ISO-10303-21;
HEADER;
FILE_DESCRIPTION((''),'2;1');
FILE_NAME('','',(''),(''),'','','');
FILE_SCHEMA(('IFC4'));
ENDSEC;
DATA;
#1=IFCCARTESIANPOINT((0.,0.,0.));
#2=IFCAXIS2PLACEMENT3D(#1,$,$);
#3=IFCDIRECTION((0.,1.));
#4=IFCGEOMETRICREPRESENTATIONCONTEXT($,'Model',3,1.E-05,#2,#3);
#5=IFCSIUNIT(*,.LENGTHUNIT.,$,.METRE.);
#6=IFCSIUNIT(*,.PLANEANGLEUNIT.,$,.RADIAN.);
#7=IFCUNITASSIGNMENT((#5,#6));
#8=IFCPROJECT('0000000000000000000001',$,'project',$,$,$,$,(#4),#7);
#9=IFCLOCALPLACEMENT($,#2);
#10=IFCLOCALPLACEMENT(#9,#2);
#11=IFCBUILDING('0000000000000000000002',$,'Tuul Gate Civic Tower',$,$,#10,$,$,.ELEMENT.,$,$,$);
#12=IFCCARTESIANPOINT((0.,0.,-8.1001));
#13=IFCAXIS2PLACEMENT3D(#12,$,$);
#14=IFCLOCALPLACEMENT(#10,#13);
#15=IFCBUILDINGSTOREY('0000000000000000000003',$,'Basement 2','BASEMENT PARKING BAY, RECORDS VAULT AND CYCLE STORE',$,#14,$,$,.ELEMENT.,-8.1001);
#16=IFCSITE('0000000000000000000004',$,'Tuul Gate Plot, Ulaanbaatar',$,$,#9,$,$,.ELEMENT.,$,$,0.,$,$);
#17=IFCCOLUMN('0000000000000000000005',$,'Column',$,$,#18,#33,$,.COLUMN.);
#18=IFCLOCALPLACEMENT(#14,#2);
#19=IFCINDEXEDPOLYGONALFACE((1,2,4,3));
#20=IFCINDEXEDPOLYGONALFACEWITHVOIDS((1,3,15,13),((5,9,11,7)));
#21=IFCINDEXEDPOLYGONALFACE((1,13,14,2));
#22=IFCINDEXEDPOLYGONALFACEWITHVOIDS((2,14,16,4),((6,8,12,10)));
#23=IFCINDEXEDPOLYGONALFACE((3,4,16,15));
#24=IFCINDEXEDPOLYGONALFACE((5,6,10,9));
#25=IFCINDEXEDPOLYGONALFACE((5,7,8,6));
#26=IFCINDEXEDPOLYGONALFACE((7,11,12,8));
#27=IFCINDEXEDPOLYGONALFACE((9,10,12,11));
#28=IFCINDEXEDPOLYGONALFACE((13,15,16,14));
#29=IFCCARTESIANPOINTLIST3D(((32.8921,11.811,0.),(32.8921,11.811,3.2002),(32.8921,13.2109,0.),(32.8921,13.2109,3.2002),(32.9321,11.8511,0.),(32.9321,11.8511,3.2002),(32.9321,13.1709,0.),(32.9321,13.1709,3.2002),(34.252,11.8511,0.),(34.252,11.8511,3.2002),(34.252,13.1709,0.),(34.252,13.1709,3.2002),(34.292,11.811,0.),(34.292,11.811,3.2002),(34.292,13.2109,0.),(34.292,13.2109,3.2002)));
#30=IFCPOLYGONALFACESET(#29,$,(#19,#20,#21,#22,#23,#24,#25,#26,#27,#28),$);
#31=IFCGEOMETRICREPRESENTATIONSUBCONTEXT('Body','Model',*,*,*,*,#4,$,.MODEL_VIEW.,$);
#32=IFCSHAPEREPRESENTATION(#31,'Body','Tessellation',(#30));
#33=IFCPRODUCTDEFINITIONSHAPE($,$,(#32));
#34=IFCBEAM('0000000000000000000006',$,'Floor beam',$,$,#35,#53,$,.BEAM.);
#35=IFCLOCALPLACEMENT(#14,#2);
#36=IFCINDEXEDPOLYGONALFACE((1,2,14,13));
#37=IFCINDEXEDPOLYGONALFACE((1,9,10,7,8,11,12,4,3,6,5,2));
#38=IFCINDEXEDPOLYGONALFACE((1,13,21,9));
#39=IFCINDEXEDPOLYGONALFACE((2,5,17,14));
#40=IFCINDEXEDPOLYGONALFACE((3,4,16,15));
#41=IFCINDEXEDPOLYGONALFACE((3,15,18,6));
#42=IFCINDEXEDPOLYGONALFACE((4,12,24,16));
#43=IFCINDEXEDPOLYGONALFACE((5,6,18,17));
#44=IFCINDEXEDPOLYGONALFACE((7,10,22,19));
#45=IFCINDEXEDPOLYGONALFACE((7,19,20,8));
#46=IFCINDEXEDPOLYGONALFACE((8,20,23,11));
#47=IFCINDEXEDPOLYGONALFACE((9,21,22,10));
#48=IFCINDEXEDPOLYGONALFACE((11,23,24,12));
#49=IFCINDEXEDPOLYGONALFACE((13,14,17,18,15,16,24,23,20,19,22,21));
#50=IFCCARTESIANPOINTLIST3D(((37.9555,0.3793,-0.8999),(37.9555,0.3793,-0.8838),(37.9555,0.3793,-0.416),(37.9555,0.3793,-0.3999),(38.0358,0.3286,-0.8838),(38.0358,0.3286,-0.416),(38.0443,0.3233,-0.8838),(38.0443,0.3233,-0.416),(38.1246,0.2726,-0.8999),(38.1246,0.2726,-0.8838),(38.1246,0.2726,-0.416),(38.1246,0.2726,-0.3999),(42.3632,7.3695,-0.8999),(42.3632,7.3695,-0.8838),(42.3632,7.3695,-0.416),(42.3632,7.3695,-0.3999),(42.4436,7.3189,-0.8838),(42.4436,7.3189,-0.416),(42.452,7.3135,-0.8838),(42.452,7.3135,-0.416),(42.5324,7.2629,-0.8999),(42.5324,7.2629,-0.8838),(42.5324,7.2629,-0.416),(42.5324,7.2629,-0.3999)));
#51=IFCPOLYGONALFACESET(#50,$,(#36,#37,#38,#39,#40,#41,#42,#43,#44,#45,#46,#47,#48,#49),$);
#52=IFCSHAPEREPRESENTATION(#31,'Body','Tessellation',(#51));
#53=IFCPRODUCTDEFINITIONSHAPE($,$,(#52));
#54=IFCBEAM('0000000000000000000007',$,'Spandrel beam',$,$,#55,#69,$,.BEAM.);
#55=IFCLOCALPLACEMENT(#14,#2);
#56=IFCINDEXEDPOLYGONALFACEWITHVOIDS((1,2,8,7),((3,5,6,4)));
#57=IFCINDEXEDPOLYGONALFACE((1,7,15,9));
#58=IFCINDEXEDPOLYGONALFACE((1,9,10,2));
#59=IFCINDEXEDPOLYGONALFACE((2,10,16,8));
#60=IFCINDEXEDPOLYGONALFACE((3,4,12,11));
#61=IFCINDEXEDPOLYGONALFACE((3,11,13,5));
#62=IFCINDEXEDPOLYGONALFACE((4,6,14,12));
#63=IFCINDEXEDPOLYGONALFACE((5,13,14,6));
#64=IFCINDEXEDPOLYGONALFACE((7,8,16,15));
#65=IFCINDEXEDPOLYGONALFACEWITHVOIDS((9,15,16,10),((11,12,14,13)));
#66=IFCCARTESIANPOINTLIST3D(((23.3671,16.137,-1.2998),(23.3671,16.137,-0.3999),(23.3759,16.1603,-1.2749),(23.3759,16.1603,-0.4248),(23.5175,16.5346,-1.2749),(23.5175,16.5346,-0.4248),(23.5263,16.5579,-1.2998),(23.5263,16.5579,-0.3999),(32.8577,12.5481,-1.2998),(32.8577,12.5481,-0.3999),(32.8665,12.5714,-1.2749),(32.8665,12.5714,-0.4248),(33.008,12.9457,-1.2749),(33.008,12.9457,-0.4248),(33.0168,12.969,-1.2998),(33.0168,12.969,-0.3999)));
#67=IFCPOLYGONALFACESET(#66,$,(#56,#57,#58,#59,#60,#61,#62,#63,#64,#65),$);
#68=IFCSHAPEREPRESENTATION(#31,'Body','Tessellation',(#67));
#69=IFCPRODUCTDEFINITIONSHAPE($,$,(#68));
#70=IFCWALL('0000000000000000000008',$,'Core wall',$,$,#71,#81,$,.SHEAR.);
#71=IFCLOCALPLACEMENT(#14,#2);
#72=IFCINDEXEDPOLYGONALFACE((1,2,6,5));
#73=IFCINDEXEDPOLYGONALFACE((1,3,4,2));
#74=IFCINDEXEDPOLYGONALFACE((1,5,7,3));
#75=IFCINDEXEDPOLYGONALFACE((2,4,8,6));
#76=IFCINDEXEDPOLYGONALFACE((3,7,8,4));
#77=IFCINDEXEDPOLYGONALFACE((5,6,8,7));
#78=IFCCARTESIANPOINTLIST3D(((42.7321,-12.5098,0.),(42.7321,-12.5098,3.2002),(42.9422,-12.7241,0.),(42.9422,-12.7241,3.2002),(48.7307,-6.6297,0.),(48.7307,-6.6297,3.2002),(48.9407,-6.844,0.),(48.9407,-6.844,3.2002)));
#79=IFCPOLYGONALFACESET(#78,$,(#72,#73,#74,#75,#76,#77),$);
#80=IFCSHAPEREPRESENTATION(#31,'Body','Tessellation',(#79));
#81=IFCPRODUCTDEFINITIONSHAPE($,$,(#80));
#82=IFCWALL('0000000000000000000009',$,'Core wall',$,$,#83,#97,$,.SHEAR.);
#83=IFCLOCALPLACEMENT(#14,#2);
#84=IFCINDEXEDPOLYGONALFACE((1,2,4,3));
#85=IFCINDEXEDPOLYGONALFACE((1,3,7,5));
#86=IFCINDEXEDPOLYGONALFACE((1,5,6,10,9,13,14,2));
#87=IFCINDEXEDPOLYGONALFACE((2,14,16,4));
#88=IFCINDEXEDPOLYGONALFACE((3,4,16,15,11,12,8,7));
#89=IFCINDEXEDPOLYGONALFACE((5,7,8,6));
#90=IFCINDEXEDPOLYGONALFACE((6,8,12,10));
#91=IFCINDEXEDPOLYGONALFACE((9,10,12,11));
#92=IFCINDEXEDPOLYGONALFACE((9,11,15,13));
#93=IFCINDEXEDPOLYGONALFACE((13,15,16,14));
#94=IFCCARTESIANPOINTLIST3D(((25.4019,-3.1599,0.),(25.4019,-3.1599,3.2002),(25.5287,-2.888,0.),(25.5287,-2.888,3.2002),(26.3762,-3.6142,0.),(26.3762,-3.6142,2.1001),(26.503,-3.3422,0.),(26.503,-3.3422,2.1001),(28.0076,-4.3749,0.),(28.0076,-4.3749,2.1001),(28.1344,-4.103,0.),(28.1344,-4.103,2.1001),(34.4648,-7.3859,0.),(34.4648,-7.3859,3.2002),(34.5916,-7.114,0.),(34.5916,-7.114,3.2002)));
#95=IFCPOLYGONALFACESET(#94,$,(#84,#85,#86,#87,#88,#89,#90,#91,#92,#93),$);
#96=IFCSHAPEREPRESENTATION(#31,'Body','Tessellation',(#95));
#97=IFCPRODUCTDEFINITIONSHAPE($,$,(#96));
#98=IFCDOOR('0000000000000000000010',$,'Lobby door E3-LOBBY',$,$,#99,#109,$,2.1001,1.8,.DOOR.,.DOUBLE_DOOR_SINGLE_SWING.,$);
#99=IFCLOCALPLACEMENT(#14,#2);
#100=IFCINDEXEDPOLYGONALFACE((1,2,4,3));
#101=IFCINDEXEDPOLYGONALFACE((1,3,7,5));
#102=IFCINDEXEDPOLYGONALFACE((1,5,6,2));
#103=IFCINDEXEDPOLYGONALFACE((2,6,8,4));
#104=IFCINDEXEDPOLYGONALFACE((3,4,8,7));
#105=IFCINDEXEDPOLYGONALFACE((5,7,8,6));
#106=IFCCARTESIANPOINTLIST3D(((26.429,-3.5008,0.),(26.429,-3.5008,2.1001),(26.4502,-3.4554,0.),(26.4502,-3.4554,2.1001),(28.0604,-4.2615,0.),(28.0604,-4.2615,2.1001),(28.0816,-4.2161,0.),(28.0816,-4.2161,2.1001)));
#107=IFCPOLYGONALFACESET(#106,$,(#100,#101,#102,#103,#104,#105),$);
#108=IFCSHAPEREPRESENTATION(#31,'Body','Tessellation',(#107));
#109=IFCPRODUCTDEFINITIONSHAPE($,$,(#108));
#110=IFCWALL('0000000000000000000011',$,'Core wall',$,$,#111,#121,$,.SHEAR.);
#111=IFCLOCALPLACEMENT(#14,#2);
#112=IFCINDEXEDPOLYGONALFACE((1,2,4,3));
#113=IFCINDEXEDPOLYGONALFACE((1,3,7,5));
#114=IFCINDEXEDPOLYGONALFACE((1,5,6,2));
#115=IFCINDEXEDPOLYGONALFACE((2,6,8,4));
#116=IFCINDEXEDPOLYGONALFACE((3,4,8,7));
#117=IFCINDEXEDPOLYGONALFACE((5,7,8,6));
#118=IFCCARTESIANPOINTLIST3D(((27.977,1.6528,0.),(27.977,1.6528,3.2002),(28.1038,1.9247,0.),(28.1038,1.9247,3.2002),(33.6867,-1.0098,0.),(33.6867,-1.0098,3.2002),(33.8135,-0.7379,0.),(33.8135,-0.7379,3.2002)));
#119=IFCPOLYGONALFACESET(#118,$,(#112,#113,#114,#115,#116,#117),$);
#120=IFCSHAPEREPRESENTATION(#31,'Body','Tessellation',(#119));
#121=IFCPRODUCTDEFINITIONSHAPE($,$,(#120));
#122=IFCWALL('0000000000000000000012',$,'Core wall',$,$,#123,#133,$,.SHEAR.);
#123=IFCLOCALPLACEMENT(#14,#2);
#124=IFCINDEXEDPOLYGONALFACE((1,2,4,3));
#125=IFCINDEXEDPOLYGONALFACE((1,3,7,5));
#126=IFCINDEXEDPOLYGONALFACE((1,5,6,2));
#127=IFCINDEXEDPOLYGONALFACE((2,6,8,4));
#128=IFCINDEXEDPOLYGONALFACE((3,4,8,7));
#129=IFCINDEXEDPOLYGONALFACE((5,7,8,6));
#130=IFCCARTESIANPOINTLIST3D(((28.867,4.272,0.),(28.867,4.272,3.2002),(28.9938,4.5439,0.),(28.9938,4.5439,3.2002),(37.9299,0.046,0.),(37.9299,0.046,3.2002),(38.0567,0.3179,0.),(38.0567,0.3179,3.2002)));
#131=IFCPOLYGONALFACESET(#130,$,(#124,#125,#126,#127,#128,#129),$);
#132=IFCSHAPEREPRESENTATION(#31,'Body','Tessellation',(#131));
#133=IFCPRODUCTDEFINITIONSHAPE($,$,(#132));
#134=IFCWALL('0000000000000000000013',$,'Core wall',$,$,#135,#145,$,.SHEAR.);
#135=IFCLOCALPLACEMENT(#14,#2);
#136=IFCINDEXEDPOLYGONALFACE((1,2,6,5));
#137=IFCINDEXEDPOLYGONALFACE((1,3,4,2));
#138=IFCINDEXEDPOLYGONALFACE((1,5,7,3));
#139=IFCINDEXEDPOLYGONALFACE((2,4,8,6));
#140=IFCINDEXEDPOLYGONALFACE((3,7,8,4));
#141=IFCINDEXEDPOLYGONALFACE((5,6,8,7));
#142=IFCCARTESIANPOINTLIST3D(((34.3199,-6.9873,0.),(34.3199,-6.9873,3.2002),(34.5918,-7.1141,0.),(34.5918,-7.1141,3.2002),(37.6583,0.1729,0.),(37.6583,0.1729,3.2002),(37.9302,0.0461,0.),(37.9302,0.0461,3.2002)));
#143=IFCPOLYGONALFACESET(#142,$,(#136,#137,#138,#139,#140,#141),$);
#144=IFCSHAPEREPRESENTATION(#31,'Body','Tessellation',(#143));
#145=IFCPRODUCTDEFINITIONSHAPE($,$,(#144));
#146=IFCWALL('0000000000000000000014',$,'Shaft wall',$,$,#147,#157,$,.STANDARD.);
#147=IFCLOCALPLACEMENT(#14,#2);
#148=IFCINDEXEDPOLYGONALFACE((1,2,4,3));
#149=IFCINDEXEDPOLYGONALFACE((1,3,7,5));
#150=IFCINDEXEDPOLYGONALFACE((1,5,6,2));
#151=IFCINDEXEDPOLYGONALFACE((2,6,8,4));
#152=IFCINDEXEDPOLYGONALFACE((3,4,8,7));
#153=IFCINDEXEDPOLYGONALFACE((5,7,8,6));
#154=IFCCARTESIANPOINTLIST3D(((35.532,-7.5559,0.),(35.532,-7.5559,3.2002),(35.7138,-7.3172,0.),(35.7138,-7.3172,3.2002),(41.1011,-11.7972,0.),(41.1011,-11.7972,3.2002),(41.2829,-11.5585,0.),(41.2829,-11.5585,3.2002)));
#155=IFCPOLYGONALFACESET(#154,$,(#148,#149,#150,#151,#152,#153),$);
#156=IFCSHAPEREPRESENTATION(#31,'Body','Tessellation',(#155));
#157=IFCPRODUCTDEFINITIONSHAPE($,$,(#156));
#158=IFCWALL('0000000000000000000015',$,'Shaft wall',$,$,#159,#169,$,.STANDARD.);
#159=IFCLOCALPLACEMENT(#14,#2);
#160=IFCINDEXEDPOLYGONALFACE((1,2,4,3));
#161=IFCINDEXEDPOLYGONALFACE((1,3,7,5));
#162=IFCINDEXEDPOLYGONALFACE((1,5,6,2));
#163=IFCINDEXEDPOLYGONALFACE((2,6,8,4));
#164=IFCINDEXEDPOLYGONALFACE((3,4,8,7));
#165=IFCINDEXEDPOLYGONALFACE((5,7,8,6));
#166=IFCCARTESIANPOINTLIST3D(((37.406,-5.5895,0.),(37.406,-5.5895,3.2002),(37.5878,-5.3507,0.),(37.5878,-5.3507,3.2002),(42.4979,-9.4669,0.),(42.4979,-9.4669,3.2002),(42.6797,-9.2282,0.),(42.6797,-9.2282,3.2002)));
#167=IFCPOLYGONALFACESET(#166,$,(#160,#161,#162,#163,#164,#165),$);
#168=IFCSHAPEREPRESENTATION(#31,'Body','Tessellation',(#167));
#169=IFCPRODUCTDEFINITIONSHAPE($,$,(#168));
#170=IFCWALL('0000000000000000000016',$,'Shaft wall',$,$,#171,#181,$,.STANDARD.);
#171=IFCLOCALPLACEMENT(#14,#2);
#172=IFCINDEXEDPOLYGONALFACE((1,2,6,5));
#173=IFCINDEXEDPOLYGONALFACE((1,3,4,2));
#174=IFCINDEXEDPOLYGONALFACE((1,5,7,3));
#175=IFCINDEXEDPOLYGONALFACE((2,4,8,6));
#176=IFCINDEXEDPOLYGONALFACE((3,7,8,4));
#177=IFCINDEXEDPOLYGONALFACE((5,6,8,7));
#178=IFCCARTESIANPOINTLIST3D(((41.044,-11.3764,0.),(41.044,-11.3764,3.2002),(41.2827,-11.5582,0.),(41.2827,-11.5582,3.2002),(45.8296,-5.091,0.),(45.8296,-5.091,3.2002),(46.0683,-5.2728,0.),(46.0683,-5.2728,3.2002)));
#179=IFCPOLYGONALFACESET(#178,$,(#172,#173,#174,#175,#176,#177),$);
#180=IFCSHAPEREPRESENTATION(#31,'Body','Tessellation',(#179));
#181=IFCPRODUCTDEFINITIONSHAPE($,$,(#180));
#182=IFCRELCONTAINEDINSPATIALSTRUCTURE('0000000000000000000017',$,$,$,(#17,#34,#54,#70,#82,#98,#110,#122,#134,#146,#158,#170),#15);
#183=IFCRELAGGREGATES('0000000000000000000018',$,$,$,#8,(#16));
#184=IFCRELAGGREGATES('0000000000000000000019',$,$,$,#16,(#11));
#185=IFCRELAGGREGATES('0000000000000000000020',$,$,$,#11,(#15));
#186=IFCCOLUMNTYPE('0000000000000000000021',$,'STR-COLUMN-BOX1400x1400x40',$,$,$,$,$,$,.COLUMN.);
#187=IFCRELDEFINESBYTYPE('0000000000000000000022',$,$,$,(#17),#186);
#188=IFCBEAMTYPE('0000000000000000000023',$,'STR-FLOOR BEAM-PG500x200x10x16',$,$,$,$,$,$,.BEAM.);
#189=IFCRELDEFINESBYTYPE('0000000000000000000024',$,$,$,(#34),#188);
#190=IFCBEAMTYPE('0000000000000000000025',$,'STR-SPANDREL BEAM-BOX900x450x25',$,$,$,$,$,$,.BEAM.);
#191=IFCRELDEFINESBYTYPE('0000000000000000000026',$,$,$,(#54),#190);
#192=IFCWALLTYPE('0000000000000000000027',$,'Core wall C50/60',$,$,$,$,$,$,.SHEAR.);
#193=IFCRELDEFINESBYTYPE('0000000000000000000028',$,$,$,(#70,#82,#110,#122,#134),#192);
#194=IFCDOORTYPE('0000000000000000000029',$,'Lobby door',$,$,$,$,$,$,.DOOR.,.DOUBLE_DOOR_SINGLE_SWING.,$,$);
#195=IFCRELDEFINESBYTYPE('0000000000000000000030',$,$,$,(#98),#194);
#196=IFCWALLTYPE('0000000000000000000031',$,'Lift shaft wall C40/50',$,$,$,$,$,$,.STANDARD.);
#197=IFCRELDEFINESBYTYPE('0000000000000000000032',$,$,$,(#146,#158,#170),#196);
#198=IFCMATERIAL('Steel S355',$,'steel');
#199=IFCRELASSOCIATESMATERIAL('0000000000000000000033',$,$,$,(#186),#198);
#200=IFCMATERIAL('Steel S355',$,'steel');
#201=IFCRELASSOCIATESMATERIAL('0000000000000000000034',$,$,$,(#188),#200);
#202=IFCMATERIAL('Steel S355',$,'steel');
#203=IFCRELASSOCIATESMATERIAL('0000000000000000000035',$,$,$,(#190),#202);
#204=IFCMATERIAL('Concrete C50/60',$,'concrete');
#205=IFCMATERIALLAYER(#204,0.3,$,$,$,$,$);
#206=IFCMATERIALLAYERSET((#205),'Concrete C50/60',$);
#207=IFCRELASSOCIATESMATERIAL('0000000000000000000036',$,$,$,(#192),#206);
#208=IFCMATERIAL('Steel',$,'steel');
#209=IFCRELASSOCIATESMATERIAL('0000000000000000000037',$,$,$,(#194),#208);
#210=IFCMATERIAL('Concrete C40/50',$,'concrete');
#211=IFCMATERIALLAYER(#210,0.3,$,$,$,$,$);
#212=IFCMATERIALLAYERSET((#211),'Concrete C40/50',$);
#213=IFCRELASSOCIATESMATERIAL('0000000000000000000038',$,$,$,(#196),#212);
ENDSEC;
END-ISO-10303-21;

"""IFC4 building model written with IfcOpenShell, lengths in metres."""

from ifc_helpers import new_model, si_unit, direction, frame, frame_2d, origin, origin_2d, place, context, subcontext, project, spatial, rectangle, hollow_rectangle, i_section, extrude, material, layer, layer_set, material_profile, profile_set, type_object, element, fill, save


model = new_model("IFC4")

# Units and contexts
model_context = context("Model", 3, precision=1e-05, world=origin(), true_north=direction((0.0, 1.0)))
body_context = subcontext(model_context, "Body", "Model", "MODEL_VIEW")
ifc_project = project(units=[si_unit("LENGTHUNIT", "METRE"), si_unit("PLANEANGLEUNIT", "RADIAN")], contexts=[model_context])

# Site, building, storey
site_placement = place(None, origin())
site = spatial("IfcSite", under=ifc_project, at=site_placement, Name="Tuul Gate Plot, Ulaanbaatar", CompositionType="ELEMENT", RefElevation=0.0)
building_placement = place(site_placement, origin())
building = spatial("IfcBuilding", under=site, at=building_placement, Name="Tuul Gate Civic Tower", CompositionType="ELEMENT")
storey_placement = place(building_placement, frame((0.0, 0.0, -8.1001)))
storey = spatial("IfcBuildingStorey", under=building, at=storey_placement, Name="Basement 2", Description="BASEMENT PARKING BAY, RECORDS VAULT AND CYCLE STORE", CompositionType="ELEMENT", Elevation=-8.1001)

# Column
ifc_material_1 = material(Name="Steel S355", Category="steel")
ifc_material_profile_1 = material_profile(ifc_material_1, hollow_rectangle(XDim=1.3999, YDim=1.3999, WallThickness=0.04, at=origin_2d()), Name="BOX1400x1400x40")
ifc_profile_set_1 = profile_set([ifc_material_profile_1], Name="Steel S355")
column_type = type_object("IfcColumnType", Name="STR-COLUMN-BOX1400x1400x40", PredefinedType="COLUMN", material=ifc_profile_set_1)
column_placement = place(storey_placement, frame((33.592, 12.511, 0.0), z_axis=(0.0, 0.0, 1.0), x_axis=(1.0, 0.0, 0.0)))
element("IfcColumn", 1, at=column_placement, inside=storey, type_object=column_type, Name="Column", PredefinedType="COLUMN", context=body_context, shape_type="SweptSolid", body=[
    extrude(hollow_rectangle(XDim=1.3999, YDim=1.3999, WallThickness=0.04, at=origin_2d()), origin(), (0.0, 0.0, 1.0), 3.2002),
])

# Beams
ifc_material_2 = material(Name="Steel S355", Category="steel")
ifc_material_profile_2 = material_profile(ifc_material_2, i_section(OverallWidth=0.2, OverallDepth=0.5, WebThickness=0.01, FlangeThickness=0.0161, at=origin_2d()), Name="PG500x200x10x16")
ifc_profile_set_2 = profile_set([ifc_material_profile_2], Name="Steel S355")
beam_type_1 = type_object("IfcBeamType", Name="STR-FLOOR BEAM-PG500x200x10x16", PredefinedType="BEAM", material=ifc_profile_set_2)
beam_1_placement = place(storey_placement, frame((38.04, 0.3259, -0.6499), z_axis=(0.533373, 0.84588, 0.0), x_axis=(-0.84588, 0.533373, 0.0)))
element("IfcBeam", 2, at=beam_1_placement, inside=storey, type_object=beam_type_1, Name="Floor beam", PredefinedType="BEAM", context=body_context, shape_type="SweptSolid", body=[
    extrude(i_section(OverallWidth=0.2, OverallDepth=0.5, WebThickness=0.01, FlangeThickness=0.0161, at=origin_2d()), origin(), (0.0, 0.0, 1.0), 8.2639),
])
ifc_material_3 = material(Name="Steel S355", Category="steel")
ifc_material_profile_3 = material_profile(ifc_material_3, hollow_rectangle(XDim=0.45, YDim=0.8999, WallThickness=0.0249, at=origin_2d()), Name="BOX900x450x25")
ifc_profile_set_3 = profile_set([ifc_material_profile_3], Name="Steel S355")
beam_type_2 = type_object("IfcBeamType", Name="STR-SPANDREL BEAM-BOX900x450x25", PredefinedType="BEAM", material=ifc_profile_set_3)
beam_2_placement = place(storey_placement, frame((32.9373, 12.7585, -0.8499), z_axis=(-0.935356, 0.353709, 0.0), x_axis=(-0.353709, -0.935356, 0.0)))
element("IfcBeam", 3, at=beam_2_placement, inside=storey, type_object=beam_type_2, Name="Spandrel beam", PredefinedType="BEAM", context=body_context, shape_type="SweptSolid", body=[
    extrude(hollow_rectangle(XDim=0.45, YDim=0.8999, WallThickness=0.0249, at=origin_2d()), origin(), (0.0, 0.0, 1.0), 10.1465),
])

# Wall
ifc_material_4 = material(Name="Concrete C50/60", Category="concrete")
ifc_layer_1 = layer(ifc_material_4, 0.3)
ifc_layer_set_1 = layer_set([ifc_layer_1], Name="Concrete C50/60")
wall_type_1 = type_object("IfcWallType", Name="Core wall C50/60", PredefinedType="SHEAR", material=ifc_layer_set_1)
wall_1_placement = place(storey_placement, frame((42.8372, -12.6169, 0.0), z_axis=(0.0, 0.0, 1.0), x_axis=(0.71412, 0.700023, 0.0)))
element("IfcWall", 4, at=wall_1_placement, inside=storey, type_object=wall_type_1, Name="Core wall", PredefinedType="SHEAR", context=body_context, shape_type="SweptSolid", body=[
    extrude(rectangle(XDim=8.3999, YDim=0.3, at=frame_2d((4.2, 0.0))), origin(), (0.0, 0.0, 1.0), 3.2002),
])

# Wall, opening, door
wall_2_placement = place(storey_placement, frame((34.5283, -7.25, 0.0), z_axis=(0.0, 0.0, 1.0), x_axis=(-0.90631, 0.422613, 0.0)))
wall_2 = element("IfcWall", 5, at=wall_2_placement, inside=storey, type_object=wall_type_1, Name="Core wall", PredefinedType="SHEAR", context=body_context, shape_type="SweptSolid", body=[
    extrude(rectangle(XDim=9.9998, YDim=0.3, at=frame_2d((5.0, 0.0))), origin(), (0.0, 0.0, 1.0), 3.2002),
])
opening_1_placement = place(wall_2_placement, frame((7.125, 0.0, 0.0)))
opening_1 = element("IfcOpeningElement", 6, at=opening_1_placement, cuts=wall_2, PredefinedType="OPENING", context=body_context, shape_type="SweptSolid", body=[
    extrude(rectangle(XDim=1.8, YDim=2.1001, at=frame_2d((0.8999, 1.05))), frame((0.0, 0.1602, 0.0), z_axis=(0.0, -1.0, 0.0), x_axis=(1.0, 0.0, 0.0)), (0.0, 0.0, 1.0), 0.3201),
])
ifc_material_5 = material(Name="Steel", Category="steel")
door_type = type_object("IfcDoorType", Name="Lobby door", OperationType="DOUBLE_DOOR_SINGLE_SWING", PredefinedType="DOOR", material=ifc_material_5)
door_1_placement = place(opening_1_placement, origin())
door_1 = element("IfcDoor", 7, at=door_1_placement, inside=storey, type_object=door_type, Name="Lobby door E3-LOBBY", OperationType="DOUBLE_DOOR_SINGLE_SWING", OverallHeight=2.1001, OverallWidth=1.8, PredefinedType="DOOR", context=body_context, shape_type="SweptSolid", body=[
    extrude(rectangle(XDim=1.8, YDim=2.1001, at=frame_2d((0.8999, 1.05))), frame((0.0, 0.0249, 0.0), z_axis=(0.0, -1.0, 0.0), x_axis=(1.0, 0.0, 0.0)), (0.0, 0.0, 1.0), 0.05),
])
fill(opening_1, door_1)

# Walls
wall_3_placement = place(storey_placement, frame((33.75, -0.8738, 0.0), z_axis=(0.0, 0.0, 1.0), x_axis=(-0.906301, 0.422633, 0.0)))
element("IfcWall", 8, at=wall_3_placement, inside=storey, type_object=wall_type_1, Name="Core wall", PredefinedType="SHEAR", context=body_context, shape_type="SweptSolid", body=[
    extrude(rectangle(XDim=6.3, YDim=0.3, at=frame_2d((3.1499, 0.0))), origin(), (0.0, 0.0, 1.0), 3.2002),
])
wall_4_placement = place(storey_placement, frame((37.9934, 0.1819, 0.0), z_axis=(0.0, 0.0, 1.0), x_axis=(-0.90631, 0.422613, 0.0)))
element("IfcWall", 9, at=wall_4_placement, inside=storey, type_object=wall_type_1, Name="Core wall", PredefinedType="SHEAR", context=body_context, shape_type="SweptSolid", body=[
    extrude(rectangle(XDim=9.9998, YDim=0.3, at=frame_2d((5.0, 0.0))), origin(), (0.0, 0.0, 1.0), 3.2002),
])
wall_5_placement = place(storey_placement, frame((34.4558, -7.0508, 0.0), z_axis=(0.0, 0.0, 1.0), x_axis=(0.422571, 0.90633, 0.0)))
element("IfcWall", 10, at=wall_5_placement, inside=storey, type_object=wall_type_1, Name="Core wall", PredefinedType="SHEAR", context=body_context, shape_type="SweptSolid", body=[
    extrude(rectangle(XDim=7.9001, YDim=0.3, at=frame_2d((3.9502, 0.0))), origin(), (0.0, 0.0, 1.0), 3.2002),
])
ifc_material_6 = material(Name="Concrete C40/50", Category="concrete")
ifc_layer_2 = layer(ifc_material_6, 0.3)
ifc_layer_set_2 = layer_set([ifc_layer_2], Name="Concrete C40/50")
wall_type_2 = type_object("IfcWallType", Name="Lift shaft wall C40/50", PredefinedType="STANDARD", material=ifc_layer_set_2)
wall_6_placement = place(storey_placement, frame((41.1919, -11.6777, 0.0), z_axis=(0.0, 0.0, 1.0), x_axis=(-0.795563, 0.605871, 0.0)))
element("IfcWall", 11, at=wall_6_placement, inside=storey, type_object=wall_type_2, Name="Shaft wall", PredefinedType="STANDARD", context=body_context, shape_type="SweptSolid", body=[
    extrude(rectangle(XDim=7.0002, YDim=0.3, at=frame_2d((3.5, 0.0))), origin(), (0.0, 0.0, 1.0), 3.2002),
])
wall_7_placement = place(storey_placement, frame((42.5889, -9.3477, 0.0), z_axis=(0.0, 0.0, 1.0), x_axis=(-0.795584, 0.605843, 0.0)))
element("IfcWall", 12, at=wall_7_placement, inside=storey, type_object=wall_type_2, Name="Shaft wall", PredefinedType="STANDARD", context=body_context, shape_type="SweptSolid", body=[
    extrude(rectangle(XDim=6.4001, YDim=0.3, at=frame_2d((3.2002, 0.0))), origin(), (0.0, 0.0, 1.0), 3.2002),
])
wall_8_placement = place(storey_placement, frame((41.1633, -11.4673, 0.0), z_axis=(0.0, 0.0, 1.0), x_axis=(0.605784, 0.795629, 0.0)))
element("IfcWall", 13, at=wall_8_placement, inside=storey, type_object=wall_type_2, Name="Shaft wall", PredefinedType="STANDARD", context=body_context, shape_type="SweptSolid", body=[
    extrude(rectangle(XDim=7.8999, YDim=0.3, at=frame_2d((3.95, 0.0))), origin(), (0.0, 0.0, 1.0), 3.2002),
])

save(model, "model.ifc")
